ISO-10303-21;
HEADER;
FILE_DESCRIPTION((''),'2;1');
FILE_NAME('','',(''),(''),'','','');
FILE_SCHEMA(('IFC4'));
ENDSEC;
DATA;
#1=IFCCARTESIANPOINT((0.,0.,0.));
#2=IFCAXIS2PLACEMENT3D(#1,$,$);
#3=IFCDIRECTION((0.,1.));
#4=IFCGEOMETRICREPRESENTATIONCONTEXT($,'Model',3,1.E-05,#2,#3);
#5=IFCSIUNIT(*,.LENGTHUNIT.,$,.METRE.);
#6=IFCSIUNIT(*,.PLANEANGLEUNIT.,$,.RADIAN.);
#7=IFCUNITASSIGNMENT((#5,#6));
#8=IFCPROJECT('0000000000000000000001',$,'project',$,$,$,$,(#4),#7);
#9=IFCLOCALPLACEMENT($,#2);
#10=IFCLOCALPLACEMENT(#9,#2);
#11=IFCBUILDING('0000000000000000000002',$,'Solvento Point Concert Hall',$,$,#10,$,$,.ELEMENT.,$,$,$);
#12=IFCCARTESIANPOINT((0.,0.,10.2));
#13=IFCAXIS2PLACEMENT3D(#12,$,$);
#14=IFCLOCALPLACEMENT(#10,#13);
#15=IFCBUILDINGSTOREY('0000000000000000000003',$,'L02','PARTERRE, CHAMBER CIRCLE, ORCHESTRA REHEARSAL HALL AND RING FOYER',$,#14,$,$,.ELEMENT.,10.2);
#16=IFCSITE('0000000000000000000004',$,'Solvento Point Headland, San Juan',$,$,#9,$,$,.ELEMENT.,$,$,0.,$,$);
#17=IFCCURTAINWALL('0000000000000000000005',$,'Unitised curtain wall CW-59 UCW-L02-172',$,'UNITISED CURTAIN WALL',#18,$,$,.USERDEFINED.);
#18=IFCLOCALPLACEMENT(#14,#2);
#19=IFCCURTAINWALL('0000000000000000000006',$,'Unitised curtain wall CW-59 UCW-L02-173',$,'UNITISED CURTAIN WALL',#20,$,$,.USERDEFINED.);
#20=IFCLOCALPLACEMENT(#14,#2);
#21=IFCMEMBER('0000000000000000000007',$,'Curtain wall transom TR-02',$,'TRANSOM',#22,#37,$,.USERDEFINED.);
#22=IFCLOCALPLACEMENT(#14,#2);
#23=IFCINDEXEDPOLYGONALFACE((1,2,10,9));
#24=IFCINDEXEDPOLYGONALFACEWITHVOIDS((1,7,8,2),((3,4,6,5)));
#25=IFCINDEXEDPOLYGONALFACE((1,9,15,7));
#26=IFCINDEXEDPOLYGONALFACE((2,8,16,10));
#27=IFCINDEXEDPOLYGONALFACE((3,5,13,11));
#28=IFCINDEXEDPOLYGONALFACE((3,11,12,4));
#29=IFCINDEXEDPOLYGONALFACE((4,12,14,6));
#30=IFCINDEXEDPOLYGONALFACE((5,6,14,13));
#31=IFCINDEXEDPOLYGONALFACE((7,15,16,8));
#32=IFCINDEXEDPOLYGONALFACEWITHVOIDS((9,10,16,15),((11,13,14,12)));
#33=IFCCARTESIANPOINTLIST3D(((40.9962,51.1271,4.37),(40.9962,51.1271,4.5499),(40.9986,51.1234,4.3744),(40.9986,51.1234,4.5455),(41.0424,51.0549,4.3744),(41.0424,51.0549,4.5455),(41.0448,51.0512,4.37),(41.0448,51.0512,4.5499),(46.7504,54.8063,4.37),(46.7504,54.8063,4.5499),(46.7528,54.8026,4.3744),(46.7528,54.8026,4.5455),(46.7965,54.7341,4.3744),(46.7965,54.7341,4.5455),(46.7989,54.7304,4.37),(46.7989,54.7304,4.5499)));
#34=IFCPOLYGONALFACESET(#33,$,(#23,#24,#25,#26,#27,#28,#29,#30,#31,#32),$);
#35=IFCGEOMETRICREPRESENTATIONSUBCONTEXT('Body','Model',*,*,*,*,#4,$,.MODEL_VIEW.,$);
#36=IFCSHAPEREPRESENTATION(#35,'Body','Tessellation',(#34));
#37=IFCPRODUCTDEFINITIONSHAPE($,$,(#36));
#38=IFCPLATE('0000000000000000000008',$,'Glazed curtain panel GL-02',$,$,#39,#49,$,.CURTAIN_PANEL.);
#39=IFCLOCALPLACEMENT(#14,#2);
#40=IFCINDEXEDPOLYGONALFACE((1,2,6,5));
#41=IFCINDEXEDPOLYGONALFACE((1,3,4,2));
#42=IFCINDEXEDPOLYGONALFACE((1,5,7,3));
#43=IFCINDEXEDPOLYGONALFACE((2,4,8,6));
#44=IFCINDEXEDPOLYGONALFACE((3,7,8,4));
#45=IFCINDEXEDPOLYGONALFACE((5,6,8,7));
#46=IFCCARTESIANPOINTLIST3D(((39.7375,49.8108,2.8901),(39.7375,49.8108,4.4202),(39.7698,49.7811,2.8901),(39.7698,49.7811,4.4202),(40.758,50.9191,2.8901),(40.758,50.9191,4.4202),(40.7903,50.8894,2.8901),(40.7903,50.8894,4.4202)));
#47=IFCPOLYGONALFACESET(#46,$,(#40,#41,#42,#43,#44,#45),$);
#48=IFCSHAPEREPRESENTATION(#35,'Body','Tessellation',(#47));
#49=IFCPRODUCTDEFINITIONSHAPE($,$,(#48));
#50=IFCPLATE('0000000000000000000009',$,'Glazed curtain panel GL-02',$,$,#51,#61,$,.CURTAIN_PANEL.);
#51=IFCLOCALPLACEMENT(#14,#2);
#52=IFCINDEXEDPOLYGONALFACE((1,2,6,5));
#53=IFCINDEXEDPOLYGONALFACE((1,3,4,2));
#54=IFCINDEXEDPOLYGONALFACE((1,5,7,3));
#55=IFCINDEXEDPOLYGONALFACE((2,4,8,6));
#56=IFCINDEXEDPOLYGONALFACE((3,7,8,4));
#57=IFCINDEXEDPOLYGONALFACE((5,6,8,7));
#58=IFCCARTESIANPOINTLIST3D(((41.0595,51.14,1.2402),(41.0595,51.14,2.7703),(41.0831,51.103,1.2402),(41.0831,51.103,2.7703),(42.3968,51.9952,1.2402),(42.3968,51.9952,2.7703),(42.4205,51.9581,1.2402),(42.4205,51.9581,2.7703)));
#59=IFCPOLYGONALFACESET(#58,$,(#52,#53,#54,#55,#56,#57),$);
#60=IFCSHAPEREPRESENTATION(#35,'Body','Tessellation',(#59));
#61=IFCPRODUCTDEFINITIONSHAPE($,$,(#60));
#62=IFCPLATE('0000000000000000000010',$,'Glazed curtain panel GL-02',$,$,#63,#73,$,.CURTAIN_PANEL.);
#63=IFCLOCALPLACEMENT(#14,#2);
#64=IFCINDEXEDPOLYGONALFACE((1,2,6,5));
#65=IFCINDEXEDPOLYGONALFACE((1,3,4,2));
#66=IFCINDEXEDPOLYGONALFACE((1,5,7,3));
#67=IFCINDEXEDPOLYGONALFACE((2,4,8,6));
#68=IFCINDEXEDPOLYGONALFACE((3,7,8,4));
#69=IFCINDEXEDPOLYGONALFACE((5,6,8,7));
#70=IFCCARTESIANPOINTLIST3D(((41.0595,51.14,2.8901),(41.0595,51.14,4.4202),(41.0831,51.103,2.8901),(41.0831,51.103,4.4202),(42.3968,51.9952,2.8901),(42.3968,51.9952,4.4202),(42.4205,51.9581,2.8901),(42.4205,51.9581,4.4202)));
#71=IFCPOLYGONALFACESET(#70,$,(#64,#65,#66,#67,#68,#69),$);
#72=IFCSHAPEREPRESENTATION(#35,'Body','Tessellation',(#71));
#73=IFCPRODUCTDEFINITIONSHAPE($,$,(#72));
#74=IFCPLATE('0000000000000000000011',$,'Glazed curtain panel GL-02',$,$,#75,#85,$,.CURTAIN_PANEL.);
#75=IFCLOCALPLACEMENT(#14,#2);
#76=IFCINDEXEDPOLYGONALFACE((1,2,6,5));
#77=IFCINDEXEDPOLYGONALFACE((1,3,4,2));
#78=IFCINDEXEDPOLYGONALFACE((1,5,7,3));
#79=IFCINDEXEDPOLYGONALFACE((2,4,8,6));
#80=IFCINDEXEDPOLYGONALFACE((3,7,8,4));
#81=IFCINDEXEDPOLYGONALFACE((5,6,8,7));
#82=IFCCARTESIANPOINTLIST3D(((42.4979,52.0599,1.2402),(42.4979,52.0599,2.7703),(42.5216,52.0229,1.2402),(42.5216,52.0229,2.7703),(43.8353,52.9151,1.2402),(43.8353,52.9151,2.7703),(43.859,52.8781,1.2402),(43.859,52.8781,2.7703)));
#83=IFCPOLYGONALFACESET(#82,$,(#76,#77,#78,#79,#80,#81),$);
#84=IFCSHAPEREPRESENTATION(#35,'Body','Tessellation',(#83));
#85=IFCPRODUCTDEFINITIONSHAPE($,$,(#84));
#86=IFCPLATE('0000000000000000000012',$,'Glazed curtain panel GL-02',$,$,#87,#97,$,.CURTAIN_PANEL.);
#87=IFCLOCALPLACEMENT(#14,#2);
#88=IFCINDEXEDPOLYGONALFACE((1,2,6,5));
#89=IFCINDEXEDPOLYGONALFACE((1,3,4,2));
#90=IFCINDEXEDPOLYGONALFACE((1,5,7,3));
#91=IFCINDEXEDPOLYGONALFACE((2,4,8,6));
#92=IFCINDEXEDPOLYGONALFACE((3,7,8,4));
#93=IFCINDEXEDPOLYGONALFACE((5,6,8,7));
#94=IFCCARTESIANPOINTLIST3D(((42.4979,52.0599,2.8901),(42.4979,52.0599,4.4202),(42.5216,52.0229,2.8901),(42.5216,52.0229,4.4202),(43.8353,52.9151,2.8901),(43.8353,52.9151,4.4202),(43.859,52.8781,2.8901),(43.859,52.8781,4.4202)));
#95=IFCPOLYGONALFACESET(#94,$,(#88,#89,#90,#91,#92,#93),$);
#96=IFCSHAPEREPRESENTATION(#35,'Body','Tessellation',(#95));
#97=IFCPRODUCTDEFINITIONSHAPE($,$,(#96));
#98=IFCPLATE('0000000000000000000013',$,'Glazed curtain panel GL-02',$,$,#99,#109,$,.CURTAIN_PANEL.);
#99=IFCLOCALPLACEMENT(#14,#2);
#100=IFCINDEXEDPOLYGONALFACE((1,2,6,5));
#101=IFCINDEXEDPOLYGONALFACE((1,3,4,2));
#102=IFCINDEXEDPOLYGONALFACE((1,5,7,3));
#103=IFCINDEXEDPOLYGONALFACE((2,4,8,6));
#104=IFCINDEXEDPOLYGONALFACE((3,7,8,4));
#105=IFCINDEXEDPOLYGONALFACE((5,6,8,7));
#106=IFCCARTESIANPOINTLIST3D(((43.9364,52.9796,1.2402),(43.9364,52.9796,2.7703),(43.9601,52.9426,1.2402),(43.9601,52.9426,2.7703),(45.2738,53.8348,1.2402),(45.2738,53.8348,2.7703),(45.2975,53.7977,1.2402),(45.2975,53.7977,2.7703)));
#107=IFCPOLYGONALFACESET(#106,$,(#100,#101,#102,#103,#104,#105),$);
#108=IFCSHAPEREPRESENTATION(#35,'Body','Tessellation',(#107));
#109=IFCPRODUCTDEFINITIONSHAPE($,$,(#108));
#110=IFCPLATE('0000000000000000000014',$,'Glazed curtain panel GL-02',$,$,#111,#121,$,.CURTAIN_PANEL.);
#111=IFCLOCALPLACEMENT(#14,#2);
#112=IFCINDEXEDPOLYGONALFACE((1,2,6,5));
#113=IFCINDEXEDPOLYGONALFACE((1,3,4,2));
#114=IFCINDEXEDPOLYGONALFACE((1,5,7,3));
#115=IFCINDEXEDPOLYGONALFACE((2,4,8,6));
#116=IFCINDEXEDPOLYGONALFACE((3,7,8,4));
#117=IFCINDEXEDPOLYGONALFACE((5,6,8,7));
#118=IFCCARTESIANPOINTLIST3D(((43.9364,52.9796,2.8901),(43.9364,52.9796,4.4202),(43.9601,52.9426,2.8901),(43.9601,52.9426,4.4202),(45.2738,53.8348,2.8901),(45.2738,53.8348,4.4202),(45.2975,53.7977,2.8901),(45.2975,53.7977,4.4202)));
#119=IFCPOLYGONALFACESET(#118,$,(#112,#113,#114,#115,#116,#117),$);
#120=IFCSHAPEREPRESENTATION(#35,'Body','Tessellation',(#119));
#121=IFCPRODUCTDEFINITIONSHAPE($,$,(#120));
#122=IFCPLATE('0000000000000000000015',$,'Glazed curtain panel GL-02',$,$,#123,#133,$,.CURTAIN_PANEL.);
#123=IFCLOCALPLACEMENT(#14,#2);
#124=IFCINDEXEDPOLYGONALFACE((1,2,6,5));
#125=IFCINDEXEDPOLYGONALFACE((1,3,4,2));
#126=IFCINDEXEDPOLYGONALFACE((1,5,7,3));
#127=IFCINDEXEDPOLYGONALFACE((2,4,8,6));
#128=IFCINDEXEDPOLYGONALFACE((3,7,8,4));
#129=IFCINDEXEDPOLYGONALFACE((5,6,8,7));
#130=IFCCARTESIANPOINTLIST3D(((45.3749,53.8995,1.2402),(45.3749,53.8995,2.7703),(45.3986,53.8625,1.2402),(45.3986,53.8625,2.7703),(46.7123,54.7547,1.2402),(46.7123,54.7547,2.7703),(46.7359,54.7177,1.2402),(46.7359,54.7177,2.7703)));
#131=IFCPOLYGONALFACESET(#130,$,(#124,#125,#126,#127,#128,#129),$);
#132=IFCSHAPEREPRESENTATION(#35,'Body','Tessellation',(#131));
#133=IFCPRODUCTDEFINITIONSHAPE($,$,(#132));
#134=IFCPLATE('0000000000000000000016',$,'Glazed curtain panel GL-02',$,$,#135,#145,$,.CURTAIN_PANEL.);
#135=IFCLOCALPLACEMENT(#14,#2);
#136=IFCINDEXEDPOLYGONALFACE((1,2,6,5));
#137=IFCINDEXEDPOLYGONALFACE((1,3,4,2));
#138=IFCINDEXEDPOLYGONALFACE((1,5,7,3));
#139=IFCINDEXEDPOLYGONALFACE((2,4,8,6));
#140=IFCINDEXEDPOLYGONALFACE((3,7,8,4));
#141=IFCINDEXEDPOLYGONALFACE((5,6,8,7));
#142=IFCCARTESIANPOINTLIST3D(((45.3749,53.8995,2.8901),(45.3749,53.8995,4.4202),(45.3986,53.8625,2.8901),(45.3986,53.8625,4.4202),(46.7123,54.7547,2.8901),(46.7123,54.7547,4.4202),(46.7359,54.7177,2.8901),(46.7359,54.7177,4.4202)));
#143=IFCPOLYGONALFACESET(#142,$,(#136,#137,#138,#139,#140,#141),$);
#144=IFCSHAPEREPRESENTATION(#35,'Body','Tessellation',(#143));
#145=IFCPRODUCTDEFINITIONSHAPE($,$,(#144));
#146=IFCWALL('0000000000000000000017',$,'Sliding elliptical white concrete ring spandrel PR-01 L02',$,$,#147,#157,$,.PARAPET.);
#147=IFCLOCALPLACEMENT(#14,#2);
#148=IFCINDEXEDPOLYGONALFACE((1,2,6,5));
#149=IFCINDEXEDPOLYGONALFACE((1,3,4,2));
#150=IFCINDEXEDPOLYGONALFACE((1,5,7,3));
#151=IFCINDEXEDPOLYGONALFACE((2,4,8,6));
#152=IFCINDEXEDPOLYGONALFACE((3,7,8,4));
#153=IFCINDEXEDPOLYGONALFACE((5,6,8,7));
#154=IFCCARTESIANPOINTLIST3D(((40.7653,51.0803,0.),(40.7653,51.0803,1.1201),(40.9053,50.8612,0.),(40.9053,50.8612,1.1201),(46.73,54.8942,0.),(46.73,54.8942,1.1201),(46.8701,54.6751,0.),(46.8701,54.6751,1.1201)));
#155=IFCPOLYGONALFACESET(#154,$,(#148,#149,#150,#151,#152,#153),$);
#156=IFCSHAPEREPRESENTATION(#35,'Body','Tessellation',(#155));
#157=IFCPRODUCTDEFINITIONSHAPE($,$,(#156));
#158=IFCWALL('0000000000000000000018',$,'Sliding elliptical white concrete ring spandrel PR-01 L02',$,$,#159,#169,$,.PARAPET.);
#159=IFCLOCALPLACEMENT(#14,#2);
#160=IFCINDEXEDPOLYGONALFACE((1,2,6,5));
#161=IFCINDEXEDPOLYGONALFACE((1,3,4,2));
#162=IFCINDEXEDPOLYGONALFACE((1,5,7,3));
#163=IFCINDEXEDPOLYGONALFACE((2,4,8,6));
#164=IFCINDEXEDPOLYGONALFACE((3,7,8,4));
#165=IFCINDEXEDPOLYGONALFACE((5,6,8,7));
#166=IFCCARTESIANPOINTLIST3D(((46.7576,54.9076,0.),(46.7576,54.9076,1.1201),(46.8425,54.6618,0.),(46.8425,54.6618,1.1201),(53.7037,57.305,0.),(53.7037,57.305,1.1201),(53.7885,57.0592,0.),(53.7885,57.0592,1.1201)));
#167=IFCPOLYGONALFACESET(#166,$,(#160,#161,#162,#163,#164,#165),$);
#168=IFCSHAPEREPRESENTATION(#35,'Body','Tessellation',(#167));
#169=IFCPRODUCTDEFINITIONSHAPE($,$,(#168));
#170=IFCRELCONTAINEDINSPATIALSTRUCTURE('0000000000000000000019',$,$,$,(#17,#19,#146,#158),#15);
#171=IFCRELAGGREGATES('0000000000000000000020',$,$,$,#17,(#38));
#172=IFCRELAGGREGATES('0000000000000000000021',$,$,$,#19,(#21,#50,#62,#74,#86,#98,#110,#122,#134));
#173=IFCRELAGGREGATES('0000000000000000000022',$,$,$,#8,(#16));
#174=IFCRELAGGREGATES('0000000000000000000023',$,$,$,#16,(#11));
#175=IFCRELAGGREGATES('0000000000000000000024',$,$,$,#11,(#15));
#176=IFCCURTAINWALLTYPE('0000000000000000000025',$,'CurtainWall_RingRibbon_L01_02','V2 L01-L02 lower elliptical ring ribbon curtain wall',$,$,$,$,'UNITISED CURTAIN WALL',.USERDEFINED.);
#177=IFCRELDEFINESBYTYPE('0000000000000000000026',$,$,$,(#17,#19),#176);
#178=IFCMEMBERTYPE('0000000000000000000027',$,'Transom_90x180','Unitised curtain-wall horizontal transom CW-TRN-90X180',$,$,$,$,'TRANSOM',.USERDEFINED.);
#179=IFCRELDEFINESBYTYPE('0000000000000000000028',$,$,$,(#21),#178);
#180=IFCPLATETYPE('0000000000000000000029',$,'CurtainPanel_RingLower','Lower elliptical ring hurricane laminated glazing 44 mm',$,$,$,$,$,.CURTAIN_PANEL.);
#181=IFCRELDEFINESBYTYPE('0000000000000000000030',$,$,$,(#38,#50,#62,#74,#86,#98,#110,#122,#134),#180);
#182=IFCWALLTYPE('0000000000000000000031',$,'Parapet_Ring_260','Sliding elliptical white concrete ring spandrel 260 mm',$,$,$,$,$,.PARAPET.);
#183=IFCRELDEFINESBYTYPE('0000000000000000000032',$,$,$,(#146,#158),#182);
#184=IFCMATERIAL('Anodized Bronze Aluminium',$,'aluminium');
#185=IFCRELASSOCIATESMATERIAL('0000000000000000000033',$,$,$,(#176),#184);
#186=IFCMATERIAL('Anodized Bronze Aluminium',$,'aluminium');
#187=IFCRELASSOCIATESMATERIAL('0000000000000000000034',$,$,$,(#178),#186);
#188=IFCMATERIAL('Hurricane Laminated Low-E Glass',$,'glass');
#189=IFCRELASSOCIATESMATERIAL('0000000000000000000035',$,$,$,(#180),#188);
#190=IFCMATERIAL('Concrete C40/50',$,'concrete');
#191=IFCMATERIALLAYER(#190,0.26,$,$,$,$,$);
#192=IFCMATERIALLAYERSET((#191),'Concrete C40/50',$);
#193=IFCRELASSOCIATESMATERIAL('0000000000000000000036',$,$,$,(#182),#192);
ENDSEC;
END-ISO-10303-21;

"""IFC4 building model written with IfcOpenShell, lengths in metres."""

from ifc_helpers import new_model, si_unit, direction, frame, frame_2d, origin, origin_2d, place, context, subcontext, project, spatial, rectangle, hollow_rectangle, extrude, material, layer, layer_set, material_profile, profile_set, type_object, element, aggregate, save


model = new_model("IFC4")

# Units and contexts
model_context = context("Model", 3, precision=1e-05, world=origin(), true_north=direction((0.0, 1.0)))
body_context = subcontext(model_context, "Body", "Model", "MODEL_VIEW")
ifc_project = project(units=[si_unit("LENGTHUNIT", "METRE"), si_unit("PLANEANGLEUNIT", "RADIAN")], contexts=[model_context])

# Site, building, storey
site_placement = place(None, origin())
site = spatial("IfcSite", under=ifc_project, at=site_placement, Name="Solvento Point Headland, San Juan", CompositionType="ELEMENT", RefElevation=0.0)
building_placement = place(site_placement, origin())
building = spatial("IfcBuilding", under=site, at=building_placement, Name="Solvento Point Concert Hall", CompositionType="ELEMENT")
storey_placement = place(building_placement, frame((0.0, 0.0, 10.2)))
storey = spatial("IfcBuildingStorey", under=building, at=storey_placement, Name="L02", Description="PARTERRE, CHAMBER CIRCLE, ORCHESTRA REHEARSAL HALL AND RING FOYER", CompositionType="ELEMENT", Elevation=10.2)

# Curtain wall
ifc_material_1 = material(Name="Anodized Bronze Aluminium", Category="aluminium")
curtain_wall_type = type_object("IfcCurtainWallType", Name="CurtainWall_RingRibbon_L01_02", Description="V2 L01-L02 lower elliptical ring ribbon curtain wall", ElementType="UNITISED CURTAIN WALL", PredefinedType="USERDEFINED", material=ifc_material_1)
curtain_wall_1_placement = place(storey_placement, origin())
curtain_wall_1 = element("IfcCurtainWall", 1, at=curtain_wall_1_placement, inside=storey, type_object=curtain_wall_type, Name="Unitised curtain wall CW-59 UCW-L02-172", ObjectType="UNITISED CURTAIN WALL", PredefinedType="USERDEFINED")

# Curtain wall
curtain_wall_2_placement = place(storey_placement, origin())
curtain_wall_2 = element("IfcCurtainWall", 2, at=curtain_wall_2_placement, inside=storey, type_object=curtain_wall_type, Name="Unitised curtain wall CW-59 UCW-L02-173", ObjectType="UNITISED CURTAIN WALL", PredefinedType="USERDEFINED")

# Member
ifc_material_2 = material(Name="Anodized Bronze Aluminium", Category="aluminium")
ifc_material_profile_1 = material_profile(ifc_material_2, hollow_rectangle(XDim=0.0901, YDim=0.1799, WallThickness=0.0044, at=origin_2d()), Name="CW-TRN-90X180")
ifc_profile_set_1 = profile_set([ifc_material_profile_1], Name="Anodized Bronze Aluminium")
member_type_1 = type_object("IfcMemberType", Name="Transom_90x180", Description="Unitised curtain-wall horizontal transom CW-TRN-90X180", ElementType="TRANSOM", PredefinedType="USERDEFINED", material=ifc_profile_set_1)
member_1_placement = place(storey_placement, frame((41.0205, 51.0891, 4.46), z_axis=(0.842501, 0.538695, 0.0), x_axis=(-0.538695, 0.842501, 0.0)))
member_1 = element("IfcMember", 3, at=member_1_placement, type_object=member_type_1, Name="Curtain wall transom TR-02", ObjectType="TRANSOM", PredefinedType="USERDEFINED", context=body_context, shape_type="SweptSolid", body=[
    extrude(hollow_rectangle(XDim=0.0901, YDim=0.1799, WallThickness=0.0044, at=origin_2d()), origin(), (0.0, 0.0, 1.0), 6.8298),
])

# Plates
ifc_material_3 = material(Name="Hurricane Laminated Low-E Glass", Category="glass")
plate_type = type_object("IfcPlateType", Name="CurtainPanel_RingLower", Description="Lower elliptical ring hurricane laminated glazing 44 mm", PredefinedType="CURTAIN_PANEL", material=ifc_material_3)
plate_1_placement = place(storey_placement, frame((40.2639, 50.3501, 2.8901), z_axis=(0.0, 0.0, 1.0), x_axis=(0.677365, 0.735647, 0.0)))
plate_1 = element("IfcPlate", 4, at=plate_1_placement, type_object=plate_type, Name="Glazed curtain panel GL-02", PredefinedType="CURTAIN_PANEL", context=body_context, shape_type="SweptSolid", body=[
    extrude(rectangle(XDim=1.5066, YDim=0.0439, at=origin_2d()), origin(), (0.0, 0.0, 1.0), 1.53),
])
aggregate(curtain_wall_1, [plate_1])
plate_2_placement = place(storey_placement, frame((41.74, 51.5491, 1.2402), z_axis=(0.0, 0.0, 1.0), x_axis=(0.84249, 0.538712, 0.0)))
plate_2 = element("IfcPlate", 5, at=plate_2_placement, type_object=plate_type, Name="Glazed curtain panel GL-02", PredefinedType="CURTAIN_PANEL", context=body_context, shape_type="SweptSolid", body=[
    extrude(rectangle(XDim=1.5874, YDim=0.0439, at=origin_2d()), origin(), (0.0, 0.0, 1.0), 1.53),
])
plate_3_placement = place(storey_placement, frame((41.74, 51.5491, 2.8901), z_axis=(0.0, 0.0, 1.0), x_axis=(0.84249, 0.538712, 0.0)))
plate_3 = element("IfcPlate", 6, at=plate_3_placement, type_object=plate_type, Name="Glazed curtain panel GL-02", PredefinedType="CURTAIN_PANEL", context=body_context, shape_type="SweptSolid", body=[
    extrude(rectangle(XDim=1.5874, YDim=0.0439, at=origin_2d()), origin(), (0.0, 0.0, 1.0), 1.53),
])
plate_4_placement = place(storey_placement, frame((43.1785, 52.469, 1.2402), z_axis=(0.0, 0.0, 1.0), x_axis=(0.84249, 0.538712, 0.0)))
plate_4 = element("IfcPlate", 7, at=plate_4_placement, type_object=plate_type, Name="Glazed curtain panel GL-02", PredefinedType="CURTAIN_PANEL", context=body_context, shape_type="SweptSolid", body=[
    extrude(rectangle(XDim=1.5874, YDim=0.0439, at=origin_2d()), origin(), (0.0, 0.0, 1.0), 1.53),
])
plate_5_placement = place(storey_placement, frame((43.1785, 52.469, 2.8901), z_axis=(0.0, 0.0, 1.0), x_axis=(0.84249, 0.538712, 0.0)))
plate_5 = element("IfcPlate", 8, at=plate_5_placement, type_object=plate_type, Name="Glazed curtain panel GL-02", PredefinedType="CURTAIN_PANEL", context=body_context, shape_type="SweptSolid", body=[
    extrude(rectangle(XDim=1.5874, YDim=0.0439, at=origin_2d()), origin(), (0.0, 0.0, 1.0), 1.53),
])
plate_6_placement = place(storey_placement, frame((44.6169, 53.3887, 1.2402), z_axis=(0.0, 0.0, 1.0), x_axis=(0.84249, 0.538712, 0.0)))
plate_6 = element("IfcPlate", 9, at=plate_6_placement, type_object=plate_type, Name="Glazed curtain panel GL-02", PredefinedType="CURTAIN_PANEL", context=body_context, shape_type="SweptSolid", body=[
    extrude(rectangle(XDim=1.5874, YDim=0.0439, at=origin_2d()), origin(), (0.0, 0.0, 1.0), 1.53),
])
plate_7_placement = place(storey_placement, frame((44.6169, 53.3887, 2.8901), z_axis=(0.0, 0.0, 1.0), x_axis=(0.84249, 0.538712, 0.0)))
plate_7 = element("IfcPlate", 10, at=plate_7_placement, type_object=plate_type, Name="Glazed curtain panel GL-02", PredefinedType="CURTAIN_PANEL", context=body_context, shape_type="SweptSolid", body=[
    extrude(rectangle(XDim=1.5874, YDim=0.0439, at=origin_2d()), origin(), (0.0, 0.0, 1.0), 1.53),
])
plate_8_placement = place(storey_placement, frame((46.0554, 54.3086, 1.2402), z_axis=(0.0, 0.0, 1.0), x_axis=(0.84249, 0.538712, 0.0)))
plate_8 = element("IfcPlate", 11, at=plate_8_placement, type_object=plate_type, Name="Glazed curtain panel GL-02", PredefinedType="CURTAIN_PANEL", context=body_context, shape_type="SweptSolid", body=[
    extrude(rectangle(XDim=1.5874, YDim=0.0439, at=origin_2d()), origin(), (0.0, 0.0, 1.0), 1.53),
])
plate_9_placement = place(storey_placement, frame((46.0554, 54.3086, 2.8901), z_axis=(0.0, 0.0, 1.0), x_axis=(0.84249, 0.538712, 0.0)))
plate_9 = element("IfcPlate", 12, at=plate_9_placement, type_object=plate_type, Name="Glazed curtain panel GL-02", PredefinedType="CURTAIN_PANEL", context=body_context, shape_type="SweptSolid", body=[
    extrude(rectangle(XDim=1.5874, YDim=0.0439, at=origin_2d()), origin(), (0.0, 0.0, 1.0), 1.53),
])
aggregate(curtain_wall_2, [member_1, plate_2, plate_3, plate_4, plate_5, plate_6, plate_7, plate_8, plate_9])

# Walls
ifc_material_4 = material(Name="Concrete C40/50", Category="concrete")
ifc_layer = layer(ifc_material_4, 0.26)
ifc_layer_set = layer_set([ifc_layer], Name="Concrete C40/50")
wall_type = type_object("IfcWallType", Name="Parapet_Ring_260", Description="Sliding elliptical white concrete ring spandrel 260 mm", PredefinedType="PARAPET", material=ifc_layer_set)
wall_1_placement = place(storey_placement, frame((40.8352, 50.9707, 0.0), z_axis=(0.0, 0.0, 1.0), x_axis=(0.842498, 0.538699, 0.0)))
element("IfcWall", 13, at=wall_1_placement, inside=storey, type_object=wall_type, Name="Sliding elliptical white concrete ring spandrel PR-01 L02", PredefinedType="PARAPET", context=body_context, shape_type="SweptSolid", body=[
    extrude(rectangle(XDim=7.0798, YDim=0.26, at=frame_2d((3.54, 0.0))), origin(), (0.0, 0.0, 1.0), 1.1201),
])
wall_2_placement = place(storey_placement, frame((46.8, 54.7847, 0.0), z_axis=(0.0, 0.0, 1.0), x_axis=(0.945278, 0.326267, 0.0)))
element("IfcWall", 14, at=wall_2_placement, inside=storey, type_object=wall_type, Name="Sliding elliptical white concrete ring spandrel PR-01 L02", PredefinedType="PARAPET", context=body_context, shape_type="SweptSolid", body=[
    extrude(rectangle(XDim=7.3481, YDim=0.26, at=frame_2d((3.6741, 0.0))), origin(), (0.0, 0.0, 1.0), 1.1201),
])

save(model, "model.ifc")
